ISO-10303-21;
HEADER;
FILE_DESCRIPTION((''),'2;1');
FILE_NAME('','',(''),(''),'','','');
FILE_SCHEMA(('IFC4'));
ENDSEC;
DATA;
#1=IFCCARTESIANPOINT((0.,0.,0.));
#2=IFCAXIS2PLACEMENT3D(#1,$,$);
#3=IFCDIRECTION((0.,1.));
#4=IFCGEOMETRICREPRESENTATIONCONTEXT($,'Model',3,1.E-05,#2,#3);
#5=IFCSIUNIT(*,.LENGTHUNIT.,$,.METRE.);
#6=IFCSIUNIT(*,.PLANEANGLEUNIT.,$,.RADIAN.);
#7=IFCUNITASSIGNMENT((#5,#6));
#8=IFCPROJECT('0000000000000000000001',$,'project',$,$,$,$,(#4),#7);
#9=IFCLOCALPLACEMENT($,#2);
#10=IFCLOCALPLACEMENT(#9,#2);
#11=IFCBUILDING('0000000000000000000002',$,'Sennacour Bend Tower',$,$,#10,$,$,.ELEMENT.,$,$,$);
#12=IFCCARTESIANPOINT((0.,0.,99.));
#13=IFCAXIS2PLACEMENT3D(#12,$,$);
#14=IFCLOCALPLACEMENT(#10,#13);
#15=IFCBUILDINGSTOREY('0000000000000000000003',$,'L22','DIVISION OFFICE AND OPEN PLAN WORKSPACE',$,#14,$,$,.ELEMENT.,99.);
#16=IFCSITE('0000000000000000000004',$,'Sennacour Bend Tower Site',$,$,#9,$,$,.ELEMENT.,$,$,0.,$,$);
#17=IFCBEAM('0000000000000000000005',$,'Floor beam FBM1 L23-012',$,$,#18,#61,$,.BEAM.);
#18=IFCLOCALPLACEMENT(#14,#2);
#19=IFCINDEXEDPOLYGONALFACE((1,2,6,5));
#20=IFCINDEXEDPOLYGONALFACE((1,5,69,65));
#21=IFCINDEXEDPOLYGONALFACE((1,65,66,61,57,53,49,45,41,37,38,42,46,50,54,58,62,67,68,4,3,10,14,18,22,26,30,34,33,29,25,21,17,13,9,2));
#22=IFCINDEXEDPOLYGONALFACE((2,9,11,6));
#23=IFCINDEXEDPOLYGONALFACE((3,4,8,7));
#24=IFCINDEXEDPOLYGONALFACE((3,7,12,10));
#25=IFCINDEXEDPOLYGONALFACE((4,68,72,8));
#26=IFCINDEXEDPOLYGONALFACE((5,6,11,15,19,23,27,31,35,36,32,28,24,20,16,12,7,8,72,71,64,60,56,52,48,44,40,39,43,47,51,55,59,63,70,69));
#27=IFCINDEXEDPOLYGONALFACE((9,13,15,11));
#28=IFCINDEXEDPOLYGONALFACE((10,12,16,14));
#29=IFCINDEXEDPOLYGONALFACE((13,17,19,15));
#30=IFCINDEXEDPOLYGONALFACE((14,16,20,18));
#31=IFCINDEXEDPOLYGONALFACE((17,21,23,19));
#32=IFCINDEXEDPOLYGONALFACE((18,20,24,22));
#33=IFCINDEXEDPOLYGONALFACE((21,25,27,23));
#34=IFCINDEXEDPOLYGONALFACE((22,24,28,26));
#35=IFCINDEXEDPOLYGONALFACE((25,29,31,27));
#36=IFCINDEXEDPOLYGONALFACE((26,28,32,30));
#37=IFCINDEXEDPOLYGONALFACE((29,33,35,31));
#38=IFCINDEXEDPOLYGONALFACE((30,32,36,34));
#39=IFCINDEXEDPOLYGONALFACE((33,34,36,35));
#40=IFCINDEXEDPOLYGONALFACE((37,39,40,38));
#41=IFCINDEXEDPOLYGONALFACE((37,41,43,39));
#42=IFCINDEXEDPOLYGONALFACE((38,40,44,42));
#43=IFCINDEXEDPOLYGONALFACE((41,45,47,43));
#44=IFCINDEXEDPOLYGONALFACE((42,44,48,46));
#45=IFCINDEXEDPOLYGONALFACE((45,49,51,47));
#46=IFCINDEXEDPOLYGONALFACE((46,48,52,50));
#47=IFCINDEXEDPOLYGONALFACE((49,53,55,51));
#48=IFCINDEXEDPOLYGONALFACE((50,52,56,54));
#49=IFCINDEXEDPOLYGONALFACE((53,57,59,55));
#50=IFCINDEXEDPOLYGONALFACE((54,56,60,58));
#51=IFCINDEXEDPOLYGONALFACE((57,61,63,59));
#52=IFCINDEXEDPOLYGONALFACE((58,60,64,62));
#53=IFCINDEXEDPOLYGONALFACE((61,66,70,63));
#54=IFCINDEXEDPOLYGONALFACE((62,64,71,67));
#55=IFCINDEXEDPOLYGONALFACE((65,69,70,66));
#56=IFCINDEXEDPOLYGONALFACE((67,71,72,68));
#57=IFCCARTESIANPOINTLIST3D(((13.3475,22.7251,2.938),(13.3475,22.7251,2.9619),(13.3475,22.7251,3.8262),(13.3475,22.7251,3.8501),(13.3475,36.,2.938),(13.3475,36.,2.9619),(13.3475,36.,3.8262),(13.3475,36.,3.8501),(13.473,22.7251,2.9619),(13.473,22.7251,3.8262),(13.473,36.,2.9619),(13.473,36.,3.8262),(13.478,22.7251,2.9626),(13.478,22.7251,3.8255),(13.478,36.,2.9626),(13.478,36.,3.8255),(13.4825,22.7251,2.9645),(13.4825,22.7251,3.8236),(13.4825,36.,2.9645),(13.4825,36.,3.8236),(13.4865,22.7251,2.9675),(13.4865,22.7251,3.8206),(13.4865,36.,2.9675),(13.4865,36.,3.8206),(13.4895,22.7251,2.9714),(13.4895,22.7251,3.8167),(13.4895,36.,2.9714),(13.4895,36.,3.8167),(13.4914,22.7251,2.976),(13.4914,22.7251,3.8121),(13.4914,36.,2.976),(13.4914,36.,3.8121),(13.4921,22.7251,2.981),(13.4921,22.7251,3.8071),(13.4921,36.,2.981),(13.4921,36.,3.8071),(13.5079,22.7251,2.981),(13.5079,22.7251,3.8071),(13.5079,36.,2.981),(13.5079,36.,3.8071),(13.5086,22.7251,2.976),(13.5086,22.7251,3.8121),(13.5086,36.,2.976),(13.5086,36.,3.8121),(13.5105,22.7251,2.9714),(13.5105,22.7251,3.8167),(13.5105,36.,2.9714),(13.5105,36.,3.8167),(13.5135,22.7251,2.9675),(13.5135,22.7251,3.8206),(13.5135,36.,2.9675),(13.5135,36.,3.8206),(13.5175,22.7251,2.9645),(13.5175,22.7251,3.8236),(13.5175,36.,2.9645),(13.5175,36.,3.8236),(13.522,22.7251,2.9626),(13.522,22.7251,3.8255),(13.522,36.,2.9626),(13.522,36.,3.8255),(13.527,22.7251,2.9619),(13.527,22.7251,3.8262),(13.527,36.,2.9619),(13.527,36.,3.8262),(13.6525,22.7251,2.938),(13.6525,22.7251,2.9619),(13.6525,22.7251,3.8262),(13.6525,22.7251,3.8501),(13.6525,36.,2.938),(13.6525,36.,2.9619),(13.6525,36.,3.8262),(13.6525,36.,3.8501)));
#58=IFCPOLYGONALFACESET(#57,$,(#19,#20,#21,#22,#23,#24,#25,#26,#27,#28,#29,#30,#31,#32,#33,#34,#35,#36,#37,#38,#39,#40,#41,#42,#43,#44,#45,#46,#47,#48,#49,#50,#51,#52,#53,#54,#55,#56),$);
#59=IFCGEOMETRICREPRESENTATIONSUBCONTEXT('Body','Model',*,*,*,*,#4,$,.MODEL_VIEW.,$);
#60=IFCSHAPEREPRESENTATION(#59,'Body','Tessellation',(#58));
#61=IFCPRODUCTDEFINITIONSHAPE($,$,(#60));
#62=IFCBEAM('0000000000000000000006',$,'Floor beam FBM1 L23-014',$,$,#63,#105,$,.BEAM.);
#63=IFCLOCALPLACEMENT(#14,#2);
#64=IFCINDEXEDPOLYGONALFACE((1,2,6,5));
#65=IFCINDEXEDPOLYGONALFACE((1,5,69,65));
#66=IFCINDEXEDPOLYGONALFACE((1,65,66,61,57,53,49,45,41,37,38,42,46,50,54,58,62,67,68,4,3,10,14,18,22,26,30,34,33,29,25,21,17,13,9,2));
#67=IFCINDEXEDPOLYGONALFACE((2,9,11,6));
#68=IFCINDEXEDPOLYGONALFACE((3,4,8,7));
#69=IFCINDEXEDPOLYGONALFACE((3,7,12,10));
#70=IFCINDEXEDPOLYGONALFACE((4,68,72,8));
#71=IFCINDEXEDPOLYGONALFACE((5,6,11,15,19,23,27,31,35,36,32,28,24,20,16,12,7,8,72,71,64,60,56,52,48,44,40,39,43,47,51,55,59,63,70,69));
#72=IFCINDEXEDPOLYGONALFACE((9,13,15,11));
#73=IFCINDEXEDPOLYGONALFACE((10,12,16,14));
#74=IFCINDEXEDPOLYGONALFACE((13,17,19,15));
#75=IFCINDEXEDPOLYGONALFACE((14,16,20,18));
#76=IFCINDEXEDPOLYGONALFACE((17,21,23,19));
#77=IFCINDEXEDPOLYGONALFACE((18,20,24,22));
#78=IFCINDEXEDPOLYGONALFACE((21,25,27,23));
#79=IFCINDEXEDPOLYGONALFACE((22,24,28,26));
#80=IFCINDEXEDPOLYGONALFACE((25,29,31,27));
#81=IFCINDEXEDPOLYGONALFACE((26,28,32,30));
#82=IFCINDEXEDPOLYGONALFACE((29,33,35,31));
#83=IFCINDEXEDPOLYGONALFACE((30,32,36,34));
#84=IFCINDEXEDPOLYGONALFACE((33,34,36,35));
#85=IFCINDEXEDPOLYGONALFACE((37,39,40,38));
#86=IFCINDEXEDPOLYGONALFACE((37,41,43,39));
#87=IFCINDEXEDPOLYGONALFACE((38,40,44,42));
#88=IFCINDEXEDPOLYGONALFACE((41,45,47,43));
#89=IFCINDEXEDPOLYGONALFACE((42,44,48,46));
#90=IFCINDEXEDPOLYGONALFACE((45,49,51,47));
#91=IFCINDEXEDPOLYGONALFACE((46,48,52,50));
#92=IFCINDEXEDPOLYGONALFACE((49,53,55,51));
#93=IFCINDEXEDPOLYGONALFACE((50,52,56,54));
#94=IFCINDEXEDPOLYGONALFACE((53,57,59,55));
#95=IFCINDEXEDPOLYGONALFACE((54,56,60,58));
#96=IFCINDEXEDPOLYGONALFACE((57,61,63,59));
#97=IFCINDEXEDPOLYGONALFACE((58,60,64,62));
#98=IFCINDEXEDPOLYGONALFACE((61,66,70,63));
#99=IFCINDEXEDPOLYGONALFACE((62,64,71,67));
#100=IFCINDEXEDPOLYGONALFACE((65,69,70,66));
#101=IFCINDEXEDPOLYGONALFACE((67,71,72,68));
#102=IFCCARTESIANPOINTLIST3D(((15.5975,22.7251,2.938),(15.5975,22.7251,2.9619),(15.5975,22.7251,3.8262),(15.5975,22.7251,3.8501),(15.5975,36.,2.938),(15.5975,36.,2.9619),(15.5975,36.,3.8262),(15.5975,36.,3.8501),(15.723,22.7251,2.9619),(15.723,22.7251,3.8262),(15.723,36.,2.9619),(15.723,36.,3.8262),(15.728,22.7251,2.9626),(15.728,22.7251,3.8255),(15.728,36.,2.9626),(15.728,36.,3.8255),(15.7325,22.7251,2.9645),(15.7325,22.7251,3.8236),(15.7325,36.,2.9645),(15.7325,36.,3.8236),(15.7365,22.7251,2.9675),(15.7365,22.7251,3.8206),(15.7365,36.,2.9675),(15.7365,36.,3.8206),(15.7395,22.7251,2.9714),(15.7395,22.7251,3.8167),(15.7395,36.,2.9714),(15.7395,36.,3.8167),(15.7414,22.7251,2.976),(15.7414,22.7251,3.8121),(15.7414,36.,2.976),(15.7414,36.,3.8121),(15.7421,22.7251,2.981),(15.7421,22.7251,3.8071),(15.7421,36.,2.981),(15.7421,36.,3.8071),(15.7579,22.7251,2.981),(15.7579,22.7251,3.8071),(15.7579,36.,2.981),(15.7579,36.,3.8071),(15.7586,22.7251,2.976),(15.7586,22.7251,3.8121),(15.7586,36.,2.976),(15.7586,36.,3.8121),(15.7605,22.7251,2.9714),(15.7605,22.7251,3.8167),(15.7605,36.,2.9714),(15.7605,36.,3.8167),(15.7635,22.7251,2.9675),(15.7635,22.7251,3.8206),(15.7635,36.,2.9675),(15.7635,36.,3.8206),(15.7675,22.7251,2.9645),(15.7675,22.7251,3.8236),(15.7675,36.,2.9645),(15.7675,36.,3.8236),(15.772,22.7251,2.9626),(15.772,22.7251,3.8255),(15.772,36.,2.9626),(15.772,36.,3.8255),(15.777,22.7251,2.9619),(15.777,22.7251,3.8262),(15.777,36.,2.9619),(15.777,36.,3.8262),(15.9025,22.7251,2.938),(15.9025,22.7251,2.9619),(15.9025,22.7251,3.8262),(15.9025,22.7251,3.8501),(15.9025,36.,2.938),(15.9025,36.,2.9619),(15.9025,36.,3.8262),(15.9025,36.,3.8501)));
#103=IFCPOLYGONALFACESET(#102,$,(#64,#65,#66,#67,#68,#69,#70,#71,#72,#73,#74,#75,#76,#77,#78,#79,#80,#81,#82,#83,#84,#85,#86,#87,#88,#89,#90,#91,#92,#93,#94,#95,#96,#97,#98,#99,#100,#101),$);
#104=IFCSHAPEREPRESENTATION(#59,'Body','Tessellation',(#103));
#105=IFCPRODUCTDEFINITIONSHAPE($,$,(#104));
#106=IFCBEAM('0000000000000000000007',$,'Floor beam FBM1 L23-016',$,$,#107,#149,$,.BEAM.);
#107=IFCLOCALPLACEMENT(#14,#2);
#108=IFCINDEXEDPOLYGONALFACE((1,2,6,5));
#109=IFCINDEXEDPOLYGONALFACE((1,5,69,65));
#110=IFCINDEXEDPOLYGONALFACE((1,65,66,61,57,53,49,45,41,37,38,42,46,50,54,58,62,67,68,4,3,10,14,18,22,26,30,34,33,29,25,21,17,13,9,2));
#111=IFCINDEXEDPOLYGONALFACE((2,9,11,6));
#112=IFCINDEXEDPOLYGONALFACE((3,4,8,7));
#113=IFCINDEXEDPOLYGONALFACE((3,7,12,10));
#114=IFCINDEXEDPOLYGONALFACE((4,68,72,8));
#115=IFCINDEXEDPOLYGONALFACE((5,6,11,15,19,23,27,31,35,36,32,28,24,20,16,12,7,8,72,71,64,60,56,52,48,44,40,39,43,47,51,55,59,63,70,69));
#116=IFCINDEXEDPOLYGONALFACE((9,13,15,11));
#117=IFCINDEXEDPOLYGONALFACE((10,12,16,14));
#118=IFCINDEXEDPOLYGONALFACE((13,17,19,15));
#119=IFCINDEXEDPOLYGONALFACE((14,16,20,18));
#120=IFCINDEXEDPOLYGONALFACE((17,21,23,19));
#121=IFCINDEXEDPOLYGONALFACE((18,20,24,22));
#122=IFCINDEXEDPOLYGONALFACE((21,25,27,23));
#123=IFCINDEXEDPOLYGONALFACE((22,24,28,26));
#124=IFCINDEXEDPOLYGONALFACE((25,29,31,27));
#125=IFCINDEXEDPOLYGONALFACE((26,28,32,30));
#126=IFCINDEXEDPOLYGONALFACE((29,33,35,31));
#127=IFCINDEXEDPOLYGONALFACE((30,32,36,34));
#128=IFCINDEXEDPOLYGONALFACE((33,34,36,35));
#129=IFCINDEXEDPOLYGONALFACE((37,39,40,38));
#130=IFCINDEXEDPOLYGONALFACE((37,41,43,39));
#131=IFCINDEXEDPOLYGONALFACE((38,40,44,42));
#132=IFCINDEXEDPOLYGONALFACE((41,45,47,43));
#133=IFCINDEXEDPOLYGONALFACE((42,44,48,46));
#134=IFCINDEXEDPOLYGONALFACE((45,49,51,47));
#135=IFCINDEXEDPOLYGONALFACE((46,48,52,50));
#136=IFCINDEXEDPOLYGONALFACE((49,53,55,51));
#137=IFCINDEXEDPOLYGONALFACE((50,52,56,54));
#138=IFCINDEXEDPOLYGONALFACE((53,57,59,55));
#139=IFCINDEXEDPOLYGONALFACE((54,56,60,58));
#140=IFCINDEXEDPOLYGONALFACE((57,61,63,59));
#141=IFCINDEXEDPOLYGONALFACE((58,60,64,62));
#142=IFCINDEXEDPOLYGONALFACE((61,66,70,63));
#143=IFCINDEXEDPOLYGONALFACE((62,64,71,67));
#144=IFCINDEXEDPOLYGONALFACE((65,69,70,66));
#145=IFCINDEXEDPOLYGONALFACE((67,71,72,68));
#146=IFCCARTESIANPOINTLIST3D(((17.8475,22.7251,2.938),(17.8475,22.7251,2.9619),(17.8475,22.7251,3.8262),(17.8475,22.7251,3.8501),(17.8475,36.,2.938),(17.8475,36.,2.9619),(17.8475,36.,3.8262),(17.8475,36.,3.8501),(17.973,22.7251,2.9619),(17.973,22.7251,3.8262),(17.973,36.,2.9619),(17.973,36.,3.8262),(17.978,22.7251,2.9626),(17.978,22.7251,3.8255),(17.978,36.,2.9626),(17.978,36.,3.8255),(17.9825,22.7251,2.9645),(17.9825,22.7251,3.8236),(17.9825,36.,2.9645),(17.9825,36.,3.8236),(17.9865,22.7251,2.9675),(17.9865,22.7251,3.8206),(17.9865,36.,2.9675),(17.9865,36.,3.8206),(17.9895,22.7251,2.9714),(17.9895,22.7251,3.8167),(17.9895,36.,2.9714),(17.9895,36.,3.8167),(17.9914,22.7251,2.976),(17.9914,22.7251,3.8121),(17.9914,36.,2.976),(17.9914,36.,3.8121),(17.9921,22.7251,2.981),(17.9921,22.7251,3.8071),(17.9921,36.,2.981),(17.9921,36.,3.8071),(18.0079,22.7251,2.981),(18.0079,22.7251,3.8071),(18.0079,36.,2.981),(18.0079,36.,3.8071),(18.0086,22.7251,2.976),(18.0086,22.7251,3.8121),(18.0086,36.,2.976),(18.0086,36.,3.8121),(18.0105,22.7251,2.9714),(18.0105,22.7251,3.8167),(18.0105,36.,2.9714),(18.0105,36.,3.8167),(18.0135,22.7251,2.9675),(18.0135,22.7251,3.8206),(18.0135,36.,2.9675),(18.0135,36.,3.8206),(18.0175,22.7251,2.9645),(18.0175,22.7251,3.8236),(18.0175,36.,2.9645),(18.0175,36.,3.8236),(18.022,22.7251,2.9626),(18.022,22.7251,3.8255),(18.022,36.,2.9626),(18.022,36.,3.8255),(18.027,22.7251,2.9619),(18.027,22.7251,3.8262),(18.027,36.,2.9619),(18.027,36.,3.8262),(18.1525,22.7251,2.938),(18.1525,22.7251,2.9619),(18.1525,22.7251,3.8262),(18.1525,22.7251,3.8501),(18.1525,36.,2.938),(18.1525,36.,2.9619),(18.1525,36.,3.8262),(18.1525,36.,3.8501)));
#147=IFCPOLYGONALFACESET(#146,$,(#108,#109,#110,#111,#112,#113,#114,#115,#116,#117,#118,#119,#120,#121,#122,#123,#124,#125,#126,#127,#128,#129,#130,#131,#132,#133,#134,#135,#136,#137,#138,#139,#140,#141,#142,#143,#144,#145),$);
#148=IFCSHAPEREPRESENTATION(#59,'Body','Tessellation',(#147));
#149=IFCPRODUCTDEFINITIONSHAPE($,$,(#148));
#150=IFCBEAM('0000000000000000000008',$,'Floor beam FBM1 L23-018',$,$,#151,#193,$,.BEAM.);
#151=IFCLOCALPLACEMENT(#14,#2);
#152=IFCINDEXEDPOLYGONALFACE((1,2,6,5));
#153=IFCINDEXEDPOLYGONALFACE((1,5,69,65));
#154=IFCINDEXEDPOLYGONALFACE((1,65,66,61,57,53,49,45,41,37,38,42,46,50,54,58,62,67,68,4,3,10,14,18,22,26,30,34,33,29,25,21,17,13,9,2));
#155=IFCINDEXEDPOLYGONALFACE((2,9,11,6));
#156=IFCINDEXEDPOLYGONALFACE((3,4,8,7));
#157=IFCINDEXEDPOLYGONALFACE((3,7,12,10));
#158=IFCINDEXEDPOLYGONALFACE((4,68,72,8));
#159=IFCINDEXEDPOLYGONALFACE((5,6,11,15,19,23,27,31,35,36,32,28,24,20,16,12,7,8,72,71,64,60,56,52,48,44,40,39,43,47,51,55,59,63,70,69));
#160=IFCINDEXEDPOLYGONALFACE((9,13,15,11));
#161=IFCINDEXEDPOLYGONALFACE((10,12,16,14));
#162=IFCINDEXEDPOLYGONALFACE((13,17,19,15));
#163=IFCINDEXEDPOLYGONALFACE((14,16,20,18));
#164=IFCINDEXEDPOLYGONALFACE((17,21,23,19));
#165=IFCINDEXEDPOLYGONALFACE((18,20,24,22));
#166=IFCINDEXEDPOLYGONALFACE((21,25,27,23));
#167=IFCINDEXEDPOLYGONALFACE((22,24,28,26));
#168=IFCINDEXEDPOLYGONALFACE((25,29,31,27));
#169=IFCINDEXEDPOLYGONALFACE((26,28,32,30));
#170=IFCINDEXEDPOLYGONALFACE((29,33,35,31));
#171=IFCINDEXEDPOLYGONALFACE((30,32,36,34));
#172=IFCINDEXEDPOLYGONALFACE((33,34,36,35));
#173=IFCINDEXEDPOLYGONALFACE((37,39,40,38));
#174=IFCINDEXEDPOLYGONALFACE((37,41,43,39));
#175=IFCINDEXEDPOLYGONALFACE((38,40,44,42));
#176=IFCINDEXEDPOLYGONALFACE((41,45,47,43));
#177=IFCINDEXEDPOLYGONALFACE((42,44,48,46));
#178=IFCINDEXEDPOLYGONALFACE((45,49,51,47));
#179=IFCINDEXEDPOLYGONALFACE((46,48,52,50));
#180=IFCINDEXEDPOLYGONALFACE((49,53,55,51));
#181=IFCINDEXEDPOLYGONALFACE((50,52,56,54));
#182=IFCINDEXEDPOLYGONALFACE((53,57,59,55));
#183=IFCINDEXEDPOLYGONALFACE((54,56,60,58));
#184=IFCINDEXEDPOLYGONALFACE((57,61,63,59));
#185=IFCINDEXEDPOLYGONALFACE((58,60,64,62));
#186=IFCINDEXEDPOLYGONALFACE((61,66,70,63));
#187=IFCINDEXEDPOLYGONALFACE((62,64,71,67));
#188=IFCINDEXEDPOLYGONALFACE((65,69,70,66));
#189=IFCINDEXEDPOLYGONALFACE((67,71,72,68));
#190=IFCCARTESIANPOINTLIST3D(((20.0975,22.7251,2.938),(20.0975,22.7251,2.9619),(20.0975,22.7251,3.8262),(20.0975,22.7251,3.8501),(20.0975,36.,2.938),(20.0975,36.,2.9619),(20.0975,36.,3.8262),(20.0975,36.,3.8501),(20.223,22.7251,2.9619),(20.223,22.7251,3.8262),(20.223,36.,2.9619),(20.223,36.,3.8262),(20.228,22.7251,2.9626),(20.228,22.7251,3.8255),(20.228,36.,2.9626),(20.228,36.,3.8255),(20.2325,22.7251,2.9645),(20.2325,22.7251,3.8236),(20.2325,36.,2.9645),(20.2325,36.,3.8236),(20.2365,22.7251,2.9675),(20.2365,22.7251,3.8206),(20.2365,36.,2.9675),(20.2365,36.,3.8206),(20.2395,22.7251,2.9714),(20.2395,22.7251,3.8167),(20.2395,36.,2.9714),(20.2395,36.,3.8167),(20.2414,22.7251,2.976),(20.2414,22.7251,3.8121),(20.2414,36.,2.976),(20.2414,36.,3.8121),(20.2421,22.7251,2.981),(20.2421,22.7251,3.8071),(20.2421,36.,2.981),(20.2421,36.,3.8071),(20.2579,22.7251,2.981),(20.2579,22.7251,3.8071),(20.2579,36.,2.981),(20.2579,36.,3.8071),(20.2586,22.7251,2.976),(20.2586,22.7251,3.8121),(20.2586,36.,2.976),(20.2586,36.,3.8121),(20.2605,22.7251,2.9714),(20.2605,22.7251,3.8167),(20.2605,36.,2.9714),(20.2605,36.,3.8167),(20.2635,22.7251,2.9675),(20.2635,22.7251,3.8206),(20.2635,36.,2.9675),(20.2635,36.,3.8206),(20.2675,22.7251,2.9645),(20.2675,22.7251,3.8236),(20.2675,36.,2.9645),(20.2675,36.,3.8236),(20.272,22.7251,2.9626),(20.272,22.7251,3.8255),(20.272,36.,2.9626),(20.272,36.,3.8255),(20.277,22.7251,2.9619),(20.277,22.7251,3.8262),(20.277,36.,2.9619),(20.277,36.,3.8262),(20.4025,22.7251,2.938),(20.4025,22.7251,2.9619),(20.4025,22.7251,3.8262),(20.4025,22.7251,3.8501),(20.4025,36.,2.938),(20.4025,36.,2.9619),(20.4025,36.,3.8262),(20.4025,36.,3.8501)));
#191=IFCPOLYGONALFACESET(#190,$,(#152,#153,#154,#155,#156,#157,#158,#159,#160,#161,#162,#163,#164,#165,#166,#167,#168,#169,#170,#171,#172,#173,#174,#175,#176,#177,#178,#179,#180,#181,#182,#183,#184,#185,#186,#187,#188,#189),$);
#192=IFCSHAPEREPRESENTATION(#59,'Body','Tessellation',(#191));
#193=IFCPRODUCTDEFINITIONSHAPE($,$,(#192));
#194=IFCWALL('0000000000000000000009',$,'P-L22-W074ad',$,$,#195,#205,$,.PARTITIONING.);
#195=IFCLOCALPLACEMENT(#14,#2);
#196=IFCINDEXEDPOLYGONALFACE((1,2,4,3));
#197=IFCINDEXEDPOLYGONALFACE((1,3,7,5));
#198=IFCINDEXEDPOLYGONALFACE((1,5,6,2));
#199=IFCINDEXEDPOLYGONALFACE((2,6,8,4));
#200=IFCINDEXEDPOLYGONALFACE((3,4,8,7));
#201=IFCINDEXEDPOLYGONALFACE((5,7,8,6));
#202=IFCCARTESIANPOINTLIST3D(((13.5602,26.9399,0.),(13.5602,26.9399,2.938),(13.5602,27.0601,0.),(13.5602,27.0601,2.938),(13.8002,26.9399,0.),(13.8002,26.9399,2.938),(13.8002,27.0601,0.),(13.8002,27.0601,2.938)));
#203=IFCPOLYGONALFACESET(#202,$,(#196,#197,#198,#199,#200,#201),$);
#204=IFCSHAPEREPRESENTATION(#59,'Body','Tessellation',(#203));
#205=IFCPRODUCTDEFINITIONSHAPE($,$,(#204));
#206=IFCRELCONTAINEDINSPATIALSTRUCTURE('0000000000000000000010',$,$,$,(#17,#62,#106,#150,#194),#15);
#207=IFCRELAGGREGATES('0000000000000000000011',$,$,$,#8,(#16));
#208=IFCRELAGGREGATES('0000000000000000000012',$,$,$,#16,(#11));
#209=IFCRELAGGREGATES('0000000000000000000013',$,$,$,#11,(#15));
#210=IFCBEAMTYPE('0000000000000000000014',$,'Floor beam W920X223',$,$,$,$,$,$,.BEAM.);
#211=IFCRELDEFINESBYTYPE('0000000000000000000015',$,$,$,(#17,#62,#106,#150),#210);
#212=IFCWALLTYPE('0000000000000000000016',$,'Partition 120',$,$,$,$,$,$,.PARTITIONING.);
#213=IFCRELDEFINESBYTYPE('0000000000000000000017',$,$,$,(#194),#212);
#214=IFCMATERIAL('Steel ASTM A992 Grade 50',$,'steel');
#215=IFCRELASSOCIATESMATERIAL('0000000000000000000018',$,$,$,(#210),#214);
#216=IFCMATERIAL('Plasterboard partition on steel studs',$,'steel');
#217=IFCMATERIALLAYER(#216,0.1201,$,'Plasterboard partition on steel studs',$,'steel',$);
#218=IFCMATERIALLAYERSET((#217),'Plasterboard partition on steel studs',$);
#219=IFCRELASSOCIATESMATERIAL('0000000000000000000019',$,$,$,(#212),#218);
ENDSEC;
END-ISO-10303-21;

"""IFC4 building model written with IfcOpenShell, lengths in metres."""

from ifc_helpers import new_model, si_unit, direction, frame, frame_2d, origin, origin_2d, place, context, subcontext, project, spatial, rectangle, i_section, extrude, material, layer, layer_set, material_profile, profile_set, type_object, element, save


model = new_model("IFC4")

# Units and contexts
model_context = context("Model", 3, precision=1e-05, world=origin(), true_north=direction((0.0, 1.0)))
body_context = subcontext(model_context, "Body", "Model", "MODEL_VIEW")
ifc_project = project(units=[si_unit("LENGTHUNIT", "METRE"), si_unit("PLANEANGLEUNIT", "RADIAN")], contexts=[model_context])

# Site, building, storey
site_placement = place(None, origin())
site = spatial("IfcSite", under=ifc_project, at=site_placement, Name="Sennacour Bend Tower Site", CompositionType="ELEMENT", RefElevation=0.0)
building_placement = place(site_placement, origin())
building = spatial("IfcBuilding", under=site, at=building_placement, Name="Sennacour Bend Tower", CompositionType="ELEMENT")
storey_placement = place(building_placement, frame((0.0, 0.0, 99.0)))
storey = spatial("IfcBuildingStorey", under=building, at=storey_placement, Name="L22", Description="DIVISION OFFICE AND OPEN PLAN WORKSPACE", CompositionType="ELEMENT", Elevation=99.0)

# Beams
ifc_material_1 = material(Name="Steel ASTM A992 Grade 50", Category="steel")
ifc_material_profile = material_profile(ifc_material_1, i_section(OverallWidth=0.3049, OverallDepth=0.9121, WebThickness=0.0159, FlangeThickness=0.0239, FilletRadius=0.019, at=origin_2d()), Name="Steel ASTM A992 Grade 50", Category="steel")
ifc_profile_set = profile_set([ifc_material_profile], Name="Steel ASTM A992 Grade 50")
beam_type = type_object("IfcBeamType", Name="Floor beam W920X223", PredefinedType="BEAM", material=ifc_profile_set)
for number, where, z_axis, x_axis, name in (
    (1, (13.5, 22.7251, 3.394), (0.0, 1.0, 0.0), (-1.0, 0.0, 0.0), "Floor beam FBM1 L23-012"),
    (2, (15.75, 22.7251, 3.394), (0.0, 1.0, 0.0), (-1.0, 0.0, 0.0), "Floor beam FBM1 L23-014"),
    (3, (18.0, 22.7251, 3.394), (0.0, 1.0, 0.0), (-1.0, 0.0, 0.0), "Floor beam FBM1 L23-016"),
    (4, (20.25, 22.7251, 3.394), (0.0, 1.0, 0.0), (-1.0, 0.0, 0.0), "Floor beam FBM1 L23-018"),
):
    element("IfcBeam", number, at=place(storey_placement, frame(where, z_axis=z_axis, x_axis=x_axis)), inside=storey, type_object=beam_type, Name=name, PredefinedType="BEAM", context=body_context, shape_type="SweptSolid", body=[
        extrude(i_section(OverallWidth=0.3049, OverallDepth=0.9121, WebThickness=0.0159, FlangeThickness=0.0239, FilletRadius=0.019, at=origin_2d()), origin(), (0.0, 0.0, 1.0), 13.2749),
    ])

# Wall
ifc_material_2 = material(Name="Plasterboard partition on steel studs", Category="steel")
ifc_layer_1 = layer(ifc_material_2, 0.1201, Name="Plasterboard partition on steel studs", Category="steel")
ifc_layer_set_1 = layer_set([ifc_layer_1], Name="Plasterboard partition on steel studs")
wall_type_1 = type_object("IfcWallType", Name="Partition 120", PredefinedType="PARTITIONING", material=ifc_layer_set_1)
for number, where, z_axis, x_axis, name in (
    (5, (13.5601, 27.0, 0.0), (0.0, 0.0, 1.0), (1.0, 0.0, 0.0), "P-L22-W074ad"),
):
    element("IfcWall", number, at=place(storey_placement, frame(where, z_axis=z_axis, x_axis=x_axis)), inside=storey, type_object=wall_type_1, Name=name, PredefinedType="PARTITIONING", context=body_context, shape_type="SweptSolid", body=[
        extrude(rectangle(XDim=0.24, YDim=0.1201, at=frame_2d((0.1201, 0.0))), origin(), (0.0, 0.0, 1.0), 2.938),
    ])

save(model, "model.ifc")
